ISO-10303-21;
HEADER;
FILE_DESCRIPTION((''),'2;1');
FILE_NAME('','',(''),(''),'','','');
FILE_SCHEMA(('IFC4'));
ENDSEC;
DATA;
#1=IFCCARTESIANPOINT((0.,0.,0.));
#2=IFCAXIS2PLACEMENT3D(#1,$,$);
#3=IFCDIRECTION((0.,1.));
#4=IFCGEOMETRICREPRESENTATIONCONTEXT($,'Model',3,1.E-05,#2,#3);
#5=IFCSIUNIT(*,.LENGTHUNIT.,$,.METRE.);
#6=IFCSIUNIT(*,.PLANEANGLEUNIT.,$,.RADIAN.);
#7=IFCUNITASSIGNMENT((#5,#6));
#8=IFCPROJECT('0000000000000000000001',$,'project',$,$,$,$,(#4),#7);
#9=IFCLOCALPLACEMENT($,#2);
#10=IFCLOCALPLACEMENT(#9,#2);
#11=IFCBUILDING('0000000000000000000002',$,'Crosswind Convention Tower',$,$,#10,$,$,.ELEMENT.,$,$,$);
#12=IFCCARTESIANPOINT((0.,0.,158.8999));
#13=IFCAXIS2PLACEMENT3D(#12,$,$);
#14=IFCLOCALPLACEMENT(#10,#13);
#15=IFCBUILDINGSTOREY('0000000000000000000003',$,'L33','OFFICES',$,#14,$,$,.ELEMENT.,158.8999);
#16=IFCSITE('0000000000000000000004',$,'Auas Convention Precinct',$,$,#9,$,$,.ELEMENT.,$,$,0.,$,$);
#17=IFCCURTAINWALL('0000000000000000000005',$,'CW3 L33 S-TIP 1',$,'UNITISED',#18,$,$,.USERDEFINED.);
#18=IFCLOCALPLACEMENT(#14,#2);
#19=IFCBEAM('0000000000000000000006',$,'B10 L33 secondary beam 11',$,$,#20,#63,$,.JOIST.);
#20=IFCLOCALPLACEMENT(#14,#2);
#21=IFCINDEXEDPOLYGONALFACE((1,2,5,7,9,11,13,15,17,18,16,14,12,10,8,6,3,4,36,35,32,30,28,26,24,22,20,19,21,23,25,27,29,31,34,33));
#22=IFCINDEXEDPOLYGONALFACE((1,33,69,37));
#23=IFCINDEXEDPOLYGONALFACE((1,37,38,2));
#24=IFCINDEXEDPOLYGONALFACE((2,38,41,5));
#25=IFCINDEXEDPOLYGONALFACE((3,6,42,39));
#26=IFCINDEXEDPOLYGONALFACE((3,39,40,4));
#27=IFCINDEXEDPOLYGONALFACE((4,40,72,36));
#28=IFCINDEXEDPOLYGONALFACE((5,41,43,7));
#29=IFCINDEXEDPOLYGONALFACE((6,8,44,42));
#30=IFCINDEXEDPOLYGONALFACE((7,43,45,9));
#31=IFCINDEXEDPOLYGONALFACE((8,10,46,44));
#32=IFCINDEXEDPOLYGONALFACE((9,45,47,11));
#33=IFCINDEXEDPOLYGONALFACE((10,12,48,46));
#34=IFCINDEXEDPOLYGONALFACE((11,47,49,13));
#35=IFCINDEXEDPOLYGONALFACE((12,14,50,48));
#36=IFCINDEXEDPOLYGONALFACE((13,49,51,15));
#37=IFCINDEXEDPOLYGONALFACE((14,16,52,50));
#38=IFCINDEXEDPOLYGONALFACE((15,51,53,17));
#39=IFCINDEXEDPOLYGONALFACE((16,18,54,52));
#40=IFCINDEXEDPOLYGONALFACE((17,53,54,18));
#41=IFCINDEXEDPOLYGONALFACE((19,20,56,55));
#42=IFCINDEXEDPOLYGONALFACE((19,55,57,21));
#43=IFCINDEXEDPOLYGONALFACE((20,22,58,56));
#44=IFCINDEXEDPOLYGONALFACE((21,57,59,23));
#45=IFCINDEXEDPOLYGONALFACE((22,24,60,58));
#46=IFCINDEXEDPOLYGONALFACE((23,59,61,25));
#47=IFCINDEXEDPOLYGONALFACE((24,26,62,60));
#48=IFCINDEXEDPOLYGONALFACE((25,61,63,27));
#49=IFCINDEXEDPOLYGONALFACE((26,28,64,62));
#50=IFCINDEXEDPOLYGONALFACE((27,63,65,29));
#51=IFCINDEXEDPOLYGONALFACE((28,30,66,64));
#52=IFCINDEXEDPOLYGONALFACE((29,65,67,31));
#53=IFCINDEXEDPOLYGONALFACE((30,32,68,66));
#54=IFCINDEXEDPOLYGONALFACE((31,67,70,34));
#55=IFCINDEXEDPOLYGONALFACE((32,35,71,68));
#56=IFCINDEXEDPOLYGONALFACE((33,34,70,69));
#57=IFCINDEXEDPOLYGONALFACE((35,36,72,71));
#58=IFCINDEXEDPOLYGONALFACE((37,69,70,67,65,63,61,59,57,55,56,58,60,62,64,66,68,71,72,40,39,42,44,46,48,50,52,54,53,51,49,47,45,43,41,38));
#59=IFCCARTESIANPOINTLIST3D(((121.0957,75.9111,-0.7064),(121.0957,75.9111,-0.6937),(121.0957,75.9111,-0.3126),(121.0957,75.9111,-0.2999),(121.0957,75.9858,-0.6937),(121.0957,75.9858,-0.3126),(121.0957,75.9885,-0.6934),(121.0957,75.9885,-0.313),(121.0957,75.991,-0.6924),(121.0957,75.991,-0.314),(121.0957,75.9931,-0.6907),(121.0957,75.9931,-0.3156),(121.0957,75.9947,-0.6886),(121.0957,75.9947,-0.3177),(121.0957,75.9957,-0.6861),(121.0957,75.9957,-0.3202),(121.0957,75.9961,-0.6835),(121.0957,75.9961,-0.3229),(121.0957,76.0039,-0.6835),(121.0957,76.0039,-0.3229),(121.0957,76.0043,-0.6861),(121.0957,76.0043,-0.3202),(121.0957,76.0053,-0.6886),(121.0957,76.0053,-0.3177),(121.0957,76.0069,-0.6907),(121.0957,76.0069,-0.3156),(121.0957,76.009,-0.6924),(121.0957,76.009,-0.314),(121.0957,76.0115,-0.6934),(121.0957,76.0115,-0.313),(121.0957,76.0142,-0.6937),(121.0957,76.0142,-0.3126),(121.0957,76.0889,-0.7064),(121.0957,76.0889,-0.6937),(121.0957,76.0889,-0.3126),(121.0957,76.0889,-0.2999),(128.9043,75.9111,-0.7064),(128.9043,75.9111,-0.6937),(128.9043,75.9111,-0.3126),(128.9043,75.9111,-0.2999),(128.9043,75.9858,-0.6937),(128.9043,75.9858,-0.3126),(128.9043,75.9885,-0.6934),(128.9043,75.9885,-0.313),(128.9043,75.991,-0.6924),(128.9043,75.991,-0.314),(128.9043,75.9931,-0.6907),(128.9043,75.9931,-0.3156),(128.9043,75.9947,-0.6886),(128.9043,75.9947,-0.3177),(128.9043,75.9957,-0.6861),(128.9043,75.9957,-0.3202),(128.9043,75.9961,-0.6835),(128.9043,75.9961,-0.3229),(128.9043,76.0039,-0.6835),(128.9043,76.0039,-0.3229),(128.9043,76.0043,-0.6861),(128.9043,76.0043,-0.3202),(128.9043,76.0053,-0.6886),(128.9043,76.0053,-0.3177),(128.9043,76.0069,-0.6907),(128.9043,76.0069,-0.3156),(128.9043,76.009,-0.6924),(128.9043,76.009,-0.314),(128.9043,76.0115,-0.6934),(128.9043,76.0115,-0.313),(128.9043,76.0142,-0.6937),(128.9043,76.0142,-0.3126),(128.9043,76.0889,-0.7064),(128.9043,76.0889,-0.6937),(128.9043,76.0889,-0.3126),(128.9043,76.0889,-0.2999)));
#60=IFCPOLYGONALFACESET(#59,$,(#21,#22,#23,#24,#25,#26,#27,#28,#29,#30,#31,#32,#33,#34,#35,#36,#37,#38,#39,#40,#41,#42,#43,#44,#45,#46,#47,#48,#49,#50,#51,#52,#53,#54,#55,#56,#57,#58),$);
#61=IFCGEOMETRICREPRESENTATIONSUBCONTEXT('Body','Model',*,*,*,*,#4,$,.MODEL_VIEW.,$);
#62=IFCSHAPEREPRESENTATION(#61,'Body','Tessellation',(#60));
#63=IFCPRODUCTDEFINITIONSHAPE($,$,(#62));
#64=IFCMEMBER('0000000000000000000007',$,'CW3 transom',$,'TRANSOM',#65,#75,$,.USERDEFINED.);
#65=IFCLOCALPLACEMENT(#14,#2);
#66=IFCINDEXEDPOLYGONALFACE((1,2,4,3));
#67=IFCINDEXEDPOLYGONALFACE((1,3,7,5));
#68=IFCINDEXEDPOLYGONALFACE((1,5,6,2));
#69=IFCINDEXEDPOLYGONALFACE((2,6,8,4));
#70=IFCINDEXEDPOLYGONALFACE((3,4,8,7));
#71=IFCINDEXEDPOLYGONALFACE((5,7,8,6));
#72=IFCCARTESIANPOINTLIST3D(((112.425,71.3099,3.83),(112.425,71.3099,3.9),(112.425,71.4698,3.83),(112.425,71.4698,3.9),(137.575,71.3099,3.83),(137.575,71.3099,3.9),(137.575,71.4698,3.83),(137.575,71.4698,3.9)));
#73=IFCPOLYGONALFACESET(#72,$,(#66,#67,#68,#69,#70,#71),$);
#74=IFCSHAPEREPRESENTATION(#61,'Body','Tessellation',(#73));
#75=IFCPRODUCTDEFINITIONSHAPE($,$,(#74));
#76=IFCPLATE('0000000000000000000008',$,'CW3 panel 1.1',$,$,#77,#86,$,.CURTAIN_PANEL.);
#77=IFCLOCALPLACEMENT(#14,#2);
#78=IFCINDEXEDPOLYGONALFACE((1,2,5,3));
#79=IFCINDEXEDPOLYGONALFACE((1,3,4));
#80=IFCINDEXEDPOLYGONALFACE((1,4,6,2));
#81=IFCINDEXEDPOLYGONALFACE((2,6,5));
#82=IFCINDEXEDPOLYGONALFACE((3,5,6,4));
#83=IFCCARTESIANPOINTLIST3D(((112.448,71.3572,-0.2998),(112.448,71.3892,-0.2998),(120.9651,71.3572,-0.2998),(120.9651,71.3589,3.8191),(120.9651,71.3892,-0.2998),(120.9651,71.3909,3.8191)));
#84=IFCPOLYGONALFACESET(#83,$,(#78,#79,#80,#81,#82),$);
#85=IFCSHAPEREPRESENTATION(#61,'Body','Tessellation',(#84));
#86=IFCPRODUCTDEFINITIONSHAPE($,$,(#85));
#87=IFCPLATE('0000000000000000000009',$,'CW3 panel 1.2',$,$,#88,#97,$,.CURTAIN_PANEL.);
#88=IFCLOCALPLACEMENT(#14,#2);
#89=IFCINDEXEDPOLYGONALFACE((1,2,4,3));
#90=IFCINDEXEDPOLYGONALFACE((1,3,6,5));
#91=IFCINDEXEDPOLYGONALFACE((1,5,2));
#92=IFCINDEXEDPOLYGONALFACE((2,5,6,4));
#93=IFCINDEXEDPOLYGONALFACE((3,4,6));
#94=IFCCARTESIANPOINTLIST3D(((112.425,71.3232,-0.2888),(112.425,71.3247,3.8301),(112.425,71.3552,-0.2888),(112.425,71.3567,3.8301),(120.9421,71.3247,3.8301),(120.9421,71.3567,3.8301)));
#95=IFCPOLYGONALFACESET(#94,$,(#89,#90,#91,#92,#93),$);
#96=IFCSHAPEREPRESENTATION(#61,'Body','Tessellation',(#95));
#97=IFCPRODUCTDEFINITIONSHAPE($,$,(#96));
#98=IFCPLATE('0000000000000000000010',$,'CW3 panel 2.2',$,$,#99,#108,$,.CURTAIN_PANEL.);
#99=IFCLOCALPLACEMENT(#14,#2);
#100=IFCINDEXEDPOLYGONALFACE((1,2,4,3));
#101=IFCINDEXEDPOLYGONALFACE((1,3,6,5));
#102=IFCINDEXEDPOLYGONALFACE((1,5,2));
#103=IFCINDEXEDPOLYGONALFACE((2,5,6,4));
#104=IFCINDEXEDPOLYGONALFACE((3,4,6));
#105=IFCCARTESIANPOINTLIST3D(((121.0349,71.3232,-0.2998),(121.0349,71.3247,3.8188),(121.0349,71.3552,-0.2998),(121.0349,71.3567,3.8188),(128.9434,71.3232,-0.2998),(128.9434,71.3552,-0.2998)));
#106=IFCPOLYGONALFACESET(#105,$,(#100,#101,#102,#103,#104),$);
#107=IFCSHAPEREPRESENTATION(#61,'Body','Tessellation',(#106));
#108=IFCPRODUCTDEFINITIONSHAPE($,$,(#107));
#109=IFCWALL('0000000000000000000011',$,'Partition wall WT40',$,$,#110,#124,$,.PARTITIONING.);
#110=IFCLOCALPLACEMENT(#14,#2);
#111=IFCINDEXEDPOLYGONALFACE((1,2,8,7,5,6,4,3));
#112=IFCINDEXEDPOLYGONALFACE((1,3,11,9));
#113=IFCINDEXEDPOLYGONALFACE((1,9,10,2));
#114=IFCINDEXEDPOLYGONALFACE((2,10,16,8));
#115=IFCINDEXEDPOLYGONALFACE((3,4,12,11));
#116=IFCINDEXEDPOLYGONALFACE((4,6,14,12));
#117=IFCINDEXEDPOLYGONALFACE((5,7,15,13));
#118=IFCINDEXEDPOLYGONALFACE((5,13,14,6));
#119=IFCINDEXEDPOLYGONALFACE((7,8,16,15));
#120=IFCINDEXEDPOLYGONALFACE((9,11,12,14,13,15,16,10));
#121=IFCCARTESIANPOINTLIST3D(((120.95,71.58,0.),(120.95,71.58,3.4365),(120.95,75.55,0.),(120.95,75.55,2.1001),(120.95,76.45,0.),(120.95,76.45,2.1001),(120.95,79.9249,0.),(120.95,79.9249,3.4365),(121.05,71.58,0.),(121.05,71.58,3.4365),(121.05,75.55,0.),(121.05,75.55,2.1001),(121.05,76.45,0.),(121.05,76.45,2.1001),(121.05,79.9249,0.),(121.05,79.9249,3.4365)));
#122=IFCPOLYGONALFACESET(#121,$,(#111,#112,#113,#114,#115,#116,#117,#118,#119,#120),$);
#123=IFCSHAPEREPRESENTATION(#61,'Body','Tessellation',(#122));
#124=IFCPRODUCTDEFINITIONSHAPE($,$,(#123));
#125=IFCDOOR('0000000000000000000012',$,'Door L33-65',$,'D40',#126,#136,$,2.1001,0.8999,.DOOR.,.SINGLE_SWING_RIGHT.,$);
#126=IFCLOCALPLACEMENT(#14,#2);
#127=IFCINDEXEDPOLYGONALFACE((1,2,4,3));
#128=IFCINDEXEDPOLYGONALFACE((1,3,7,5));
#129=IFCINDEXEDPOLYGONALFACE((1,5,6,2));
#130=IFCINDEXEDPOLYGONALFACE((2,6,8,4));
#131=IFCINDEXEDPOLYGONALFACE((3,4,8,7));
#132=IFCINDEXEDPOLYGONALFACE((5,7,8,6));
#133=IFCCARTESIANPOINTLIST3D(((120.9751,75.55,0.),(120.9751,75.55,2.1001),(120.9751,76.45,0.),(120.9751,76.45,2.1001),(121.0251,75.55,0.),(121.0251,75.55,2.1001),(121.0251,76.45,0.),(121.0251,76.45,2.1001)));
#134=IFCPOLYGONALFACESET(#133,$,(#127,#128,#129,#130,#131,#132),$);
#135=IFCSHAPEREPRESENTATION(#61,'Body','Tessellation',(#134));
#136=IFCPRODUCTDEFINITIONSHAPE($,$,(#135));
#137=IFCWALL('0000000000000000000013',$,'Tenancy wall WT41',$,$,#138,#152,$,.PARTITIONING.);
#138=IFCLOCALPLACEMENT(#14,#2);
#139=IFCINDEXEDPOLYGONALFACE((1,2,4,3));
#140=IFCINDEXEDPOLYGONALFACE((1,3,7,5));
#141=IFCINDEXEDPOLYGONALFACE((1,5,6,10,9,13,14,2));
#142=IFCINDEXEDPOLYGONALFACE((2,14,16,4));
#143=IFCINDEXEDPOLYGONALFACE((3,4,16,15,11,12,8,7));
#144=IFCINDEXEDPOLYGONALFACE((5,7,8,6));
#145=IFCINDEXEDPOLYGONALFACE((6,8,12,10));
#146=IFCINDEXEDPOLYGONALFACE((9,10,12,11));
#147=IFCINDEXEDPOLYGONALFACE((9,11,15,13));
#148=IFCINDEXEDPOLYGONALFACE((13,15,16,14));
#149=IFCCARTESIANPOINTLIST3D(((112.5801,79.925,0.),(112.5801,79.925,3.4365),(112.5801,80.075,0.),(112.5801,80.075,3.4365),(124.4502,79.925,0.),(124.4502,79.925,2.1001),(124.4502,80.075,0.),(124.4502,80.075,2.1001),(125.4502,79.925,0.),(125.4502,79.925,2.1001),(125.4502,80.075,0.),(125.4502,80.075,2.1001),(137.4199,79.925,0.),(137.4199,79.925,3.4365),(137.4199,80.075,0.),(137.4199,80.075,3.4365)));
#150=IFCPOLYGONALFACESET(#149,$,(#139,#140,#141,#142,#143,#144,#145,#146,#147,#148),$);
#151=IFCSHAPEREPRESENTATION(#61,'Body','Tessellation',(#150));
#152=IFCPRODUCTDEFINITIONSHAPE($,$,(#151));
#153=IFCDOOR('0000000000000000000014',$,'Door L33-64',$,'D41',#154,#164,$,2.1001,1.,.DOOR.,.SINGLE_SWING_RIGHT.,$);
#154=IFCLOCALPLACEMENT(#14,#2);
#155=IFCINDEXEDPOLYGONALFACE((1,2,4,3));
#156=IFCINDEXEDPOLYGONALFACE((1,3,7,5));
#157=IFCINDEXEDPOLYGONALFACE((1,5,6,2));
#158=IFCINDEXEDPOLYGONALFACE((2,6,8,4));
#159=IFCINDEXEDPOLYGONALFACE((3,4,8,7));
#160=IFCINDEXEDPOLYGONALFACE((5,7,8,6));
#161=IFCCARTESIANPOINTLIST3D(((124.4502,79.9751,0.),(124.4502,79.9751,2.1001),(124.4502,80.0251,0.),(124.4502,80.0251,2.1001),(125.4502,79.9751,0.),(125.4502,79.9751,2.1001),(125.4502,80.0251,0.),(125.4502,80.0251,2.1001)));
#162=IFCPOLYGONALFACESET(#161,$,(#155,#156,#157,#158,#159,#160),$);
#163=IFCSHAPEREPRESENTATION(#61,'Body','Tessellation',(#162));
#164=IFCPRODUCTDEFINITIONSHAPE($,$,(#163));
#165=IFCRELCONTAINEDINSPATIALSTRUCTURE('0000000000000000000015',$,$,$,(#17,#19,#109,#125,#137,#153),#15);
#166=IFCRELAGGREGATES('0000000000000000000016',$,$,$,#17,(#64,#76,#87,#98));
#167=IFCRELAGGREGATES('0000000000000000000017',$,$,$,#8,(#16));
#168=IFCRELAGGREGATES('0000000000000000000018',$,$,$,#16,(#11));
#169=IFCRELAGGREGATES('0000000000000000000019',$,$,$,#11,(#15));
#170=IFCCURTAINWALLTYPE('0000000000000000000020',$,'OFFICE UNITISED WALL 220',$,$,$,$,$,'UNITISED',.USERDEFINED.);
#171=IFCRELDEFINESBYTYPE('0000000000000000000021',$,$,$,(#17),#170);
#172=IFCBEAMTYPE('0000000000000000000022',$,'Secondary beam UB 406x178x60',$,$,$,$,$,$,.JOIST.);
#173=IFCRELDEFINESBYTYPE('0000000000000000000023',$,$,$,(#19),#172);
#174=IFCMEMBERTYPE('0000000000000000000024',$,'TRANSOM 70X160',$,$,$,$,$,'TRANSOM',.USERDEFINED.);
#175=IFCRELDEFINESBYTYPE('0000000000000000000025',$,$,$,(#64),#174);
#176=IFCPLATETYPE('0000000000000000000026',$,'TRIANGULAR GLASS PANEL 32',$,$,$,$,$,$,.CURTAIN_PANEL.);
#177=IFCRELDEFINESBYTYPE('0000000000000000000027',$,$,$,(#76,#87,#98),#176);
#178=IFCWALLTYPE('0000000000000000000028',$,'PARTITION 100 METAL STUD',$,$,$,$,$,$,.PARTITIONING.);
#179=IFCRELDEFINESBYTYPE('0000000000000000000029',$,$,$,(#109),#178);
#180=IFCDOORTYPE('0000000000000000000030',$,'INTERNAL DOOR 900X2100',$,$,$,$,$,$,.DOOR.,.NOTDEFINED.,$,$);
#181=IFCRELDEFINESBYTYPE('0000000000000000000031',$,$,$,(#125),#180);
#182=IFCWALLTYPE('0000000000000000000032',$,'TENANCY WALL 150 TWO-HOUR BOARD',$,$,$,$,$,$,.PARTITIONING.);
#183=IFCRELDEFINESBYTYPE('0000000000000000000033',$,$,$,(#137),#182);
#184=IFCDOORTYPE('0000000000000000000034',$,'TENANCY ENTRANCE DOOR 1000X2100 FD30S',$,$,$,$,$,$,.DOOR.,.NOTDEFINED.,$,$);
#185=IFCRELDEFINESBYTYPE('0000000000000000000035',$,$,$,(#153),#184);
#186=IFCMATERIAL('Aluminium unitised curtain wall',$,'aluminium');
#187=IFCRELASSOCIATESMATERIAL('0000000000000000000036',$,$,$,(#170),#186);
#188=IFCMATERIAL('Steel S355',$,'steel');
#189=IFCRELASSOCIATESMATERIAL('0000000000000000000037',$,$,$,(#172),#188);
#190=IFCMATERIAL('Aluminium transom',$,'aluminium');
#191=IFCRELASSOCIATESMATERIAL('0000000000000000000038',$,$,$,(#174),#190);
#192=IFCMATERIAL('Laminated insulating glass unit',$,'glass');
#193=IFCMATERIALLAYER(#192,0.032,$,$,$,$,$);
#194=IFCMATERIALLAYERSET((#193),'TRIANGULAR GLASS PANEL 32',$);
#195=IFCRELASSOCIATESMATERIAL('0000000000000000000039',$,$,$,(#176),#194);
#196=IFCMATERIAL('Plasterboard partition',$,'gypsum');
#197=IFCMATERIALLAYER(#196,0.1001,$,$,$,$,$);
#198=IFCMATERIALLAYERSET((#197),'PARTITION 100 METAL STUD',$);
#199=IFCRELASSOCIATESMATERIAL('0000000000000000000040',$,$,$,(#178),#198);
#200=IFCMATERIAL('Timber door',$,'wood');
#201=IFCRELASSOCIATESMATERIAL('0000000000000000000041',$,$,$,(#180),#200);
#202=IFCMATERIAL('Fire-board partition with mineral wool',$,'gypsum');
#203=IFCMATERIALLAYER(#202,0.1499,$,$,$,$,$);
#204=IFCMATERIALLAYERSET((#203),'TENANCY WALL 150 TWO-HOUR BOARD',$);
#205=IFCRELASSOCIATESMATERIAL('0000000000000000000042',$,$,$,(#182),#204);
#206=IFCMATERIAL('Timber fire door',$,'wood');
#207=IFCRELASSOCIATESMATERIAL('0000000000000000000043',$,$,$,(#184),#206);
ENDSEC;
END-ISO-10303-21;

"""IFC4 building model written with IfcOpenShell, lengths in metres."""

from ifc_helpers import new_model, si_unit, direction, frame, frame_2d, origin, origin_2d, place, context, subcontext, project, spatial, polyline, rectangle, i_section, outline, extrude, material, layer, layer_set, material_profile, profile_set, type_object, element, fill, aggregate, save


model = new_model("IFC4")

# Units and contexts
model_context = context("Model", 3, precision=1e-05, world=origin(), true_north=direction((0.0, 1.0)))
body_context = subcontext(model_context, "Body", "Model", "MODEL_VIEW")
ifc_project = project(units=[si_unit("LENGTHUNIT", "METRE"), si_unit("PLANEANGLEUNIT", "RADIAN")], contexts=[model_context])

# Site, building, storey
site_placement = place(None, origin())
site = spatial("IfcSite", under=ifc_project, at=site_placement, Name="Auas Convention Precinct", CompositionType="ELEMENT", RefElevation=0.0)
building_placement = place(site_placement, origin())
building = spatial("IfcBuilding", under=site, at=building_placement, Name="Crosswind Convention Tower", CompositionType="ELEMENT")
storey_placement = place(building_placement, frame((0.0, 0.0, 158.8999)))
storey = spatial("IfcBuildingStorey", under=building, at=storey_placement, Name="L33", Description="OFFICES", CompositionType="ELEMENT", Elevation=158.8999)

# Shared definitions
ifc_material_1 = material(Name="Steel S355", Category="steel")

# Curtain wall
ifc_material_2 = material(Name="Aluminium unitised curtain wall", Category="aluminium")
curtain_wall_type_1 = type_object("IfcCurtainWallType", Name="OFFICE UNITISED WALL 220", ElementType="UNITISED", PredefinedType="USERDEFINED", material=ifc_material_2)
curtain_wall_1_placement = place(storey_placement, origin())
curtain_wall_1 = element("IfcCurtainWall", 1, at=curtain_wall_1_placement, inside=storey, type_object=curtain_wall_type_1, Name="CW3 L33 S-TIP 1", ObjectType="UNITISED", PredefinedType="USERDEFINED")

# Beam
ifc_material_profile_1 = material_profile(ifc_material_1, i_section(OverallWidth=0.1777, OverallDepth=0.4065, WebThickness=0.0078, FlangeThickness=0.0127, FilletRadius=0.0103, at=origin_2d()), Name="UB 406x178x60")
ifc_profile_set_1 = profile_set([ifc_material_profile_1], Name="Steel S355")
beam_type_1 = type_object("IfcBeamType", Name="Secondary beam UB 406x178x60", PredefinedType="JOIST", material=ifc_profile_set_1)
beam_1_placement = place(storey_placement, frame((121.0957, 76.0, -0.5032), z_axis=(1.0, 0.0, 0.0), x_axis=(0.0, 1.0, 0.0)))
element("IfcBeam", 2, at=beam_1_placement, inside=storey, type_object=beam_type_1, Name="B10 L33 secondary beam 11", PredefinedType="JOIST", context=body_context, shape_type="SweptSolid", body=[
    extrude(i_section(OverallWidth=0.1777, OverallDepth=0.4065, WebThickness=0.0078, FlangeThickness=0.0127, FilletRadius=0.0103, at=origin_2d()), origin(), (0.0, 0.0, 1.0), 7.8086),
])

# Member
ifc_material_3 = material(Name="Aluminium transom", Category="aluminium")
ifc_material_profile_2 = material_profile(ifc_material_3, rectangle(XDim=0.1599, YDim=0.0701, at=origin_2d()), Name="AL 160X70")
ifc_profile_set_2 = profile_set([ifc_material_profile_2], Name="Aluminium transom")
member_type_1 = type_object("IfcMemberType", Name="TRANSOM 70X160", ElementType="TRANSOM", PredefinedType="USERDEFINED", material=ifc_profile_set_2)
member_1_placement = place(storey_placement, frame((112.425, 71.3899, 3.865), z_axis=(1.0, 0.0, 0.0), x_axis=(0.0, 1.0, 0.0)))
member_1 = element("IfcMember", 3, at=member_1_placement, type_object=member_type_1, Name="CW3 transom", ObjectType="TRANSOM", PredefinedType="USERDEFINED", context=body_context, shape_type="SweptSolid", body=[
    extrude(rectangle(XDim=0.1599, YDim=0.0701, at=origin_2d()), origin(), (0.0, 0.0, 1.0), 25.1499),
])

# Plates
ifc_material_4 = material(Name="Laminated insulating glass unit", Category="glass")
ifc_layer_1 = layer(ifc_material_4, 0.032)
ifc_layer_set_1 = layer_set([ifc_layer_1], Name="TRIANGULAR GLASS PANEL 32")
plate_type = type_object("IfcPlateType", Name="TRIANGULAR GLASS PANEL 32", PredefinedType="CURTAIN_PANEL", material=ifc_layer_set_1)
plate_1_placement = place(storey_placement, frame((120.9651, 71.3572, -0.2998), z_axis=(0.0, -1.0, 0.000415), x_axis=(0.0, 0.000415, 1.0)))
plate_1 = element("IfcPlate", 4, at=plate_1_placement, type_object=plate_type, Name="CW3 panel 1.1", PredefinedType="CURTAIN_PANEL", context=body_context, shape_type="SweptSolid", body=[
    extrude(outline(polyline([(0.0, 0.0), (4.1189, 0.0), (0.0, 8.5171), (0.0, 0.0)])), origin(), (0.0, 0.0, -1.0), 0.032),
])
plate_2_placement = place(storey_placement, frame((112.425, 71.3247, 3.8301), z_axis=(0.0, -1.0, 0.000356), x_axis=(0.0, -0.000356, -1.0)))
plate_2 = element("IfcPlate", 5, at=plate_2_placement, type_object=plate_type, Name="CW3 panel 1.2", PredefinedType="CURTAIN_PANEL", context=body_context, shape_type="SweptSolid", body=[
    extrude(outline(polyline([(0.0, 0.0), (4.1189, 0.0), (0.0, 8.5171), (0.0, 0.0)])), origin(), (0.0, 0.0, -1.0), 0.032),
])
plate_3_placement = place(storey_placement, frame((121.0349, 71.3232, -0.2998), z_axis=(0.0, -1.0, 0.000356), x_axis=(1.0, 0.0, 0.0)))
plate_3 = element("IfcPlate", 6, at=plate_3_placement, type_object=plate_type, Name="CW3 panel 2.2", PredefinedType="CURTAIN_PANEL", context=body_context, shape_type="SweptSolid", body=[
    extrude(outline(polyline([(0.0, 0.0), (7.9084, 0.0), (0.0, 4.1187), (0.0, 0.0)])), origin(), (0.0, 0.0, -1.0), 0.032),
])

# Walls, openings, doors
ifc_material_5 = material(Name="Plasterboard partition", Category="gypsum")
ifc_layer_2 = layer(ifc_material_5, 0.1001)
ifc_layer_set_2 = layer_set([ifc_layer_2], Name="PARTITION 100 METAL STUD")
wall_type_1 = type_object("IfcWallType", Name="PARTITION 100 METAL STUD", PredefinedType="PARTITIONING", material=ifc_layer_set_2)
wall_1_placement = place(storey_placement, frame((121.0, 71.5801, 0.0), z_axis=(0.0, 0.0, 1.0), x_axis=(0.0, 1.0, 0.0)))
wall_1 = element("IfcWall", 7, at=wall_1_placement, inside=storey, type_object=wall_type_1, Name="Partition wall WT40", PredefinedType="PARTITIONING", context=body_context, shape_type="SweptSolid", body=[
    extrude(rectangle(XDim=8.345, YDim=0.1001, at=frame_2d((4.1724, 0.0))), origin(), (0.0, 0.0, 1.0), 3.4365),
])
opening_1_placement = place(wall_1_placement, frame((3.97, 0.0, 0.0)))
opening_1 = element("IfcOpeningElement", 8, at=opening_1_placement, cuts=wall_1, PredefinedType="OPENING", context=body_context, shape_type="SweptSolid", body=[
    extrude(rectangle(XDim=0.8999, YDim=2.1001, at=frame_2d((0.45, 1.05))), frame((0.0, 0.0601, 0.0), z_axis=(0.0, -1.0, 0.0), x_axis=(1.0, 0.0, 0.0)), (0.0, 0.0, 1.0), 0.1201),
])
ifc_material_6 = material(Name="Timber door", Category="wood")
door_type_1 = type_object("IfcDoorType", Name="INTERNAL DOOR 900X2100", OperationType="NOTDEFINED", PredefinedType="DOOR", material=ifc_material_6)
door_1_placement = place(opening_1_placement, origin())
door_1 = element("IfcDoor", 9, at=door_1_placement, inside=storey, type_object=door_type_1, Name="Door L33-65", ObjectType="D40", OperationType="SINGLE_SWING_RIGHT", OverallHeight=2.1001, OverallWidth=0.8999, PredefinedType="DOOR", context=body_context, shape_type="SweptSolid", body=[
    extrude(rectangle(XDim=0.8999, YDim=2.1001, at=frame_2d((0.45, 1.05))), frame((0.0, 0.0249, 0.0), z_axis=(0.0, -1.0, 0.0), x_axis=(1.0, 0.0, 0.0)), (0.0, 0.0, 1.0), 0.05),
])
fill(opening_1, door_1)
ifc_material_7 = material(Name="Fire-board partition with mineral wool", Category="gypsum")
ifc_layer_3 = layer(ifc_material_7, 0.1499)
ifc_layer_set_3 = layer_set([ifc_layer_3], Name="TENANCY WALL 150 TWO-HOUR BOARD")
wall_type_2 = type_object("IfcWallType", Name="TENANCY WALL 150 TWO-HOUR BOARD", PredefinedType="PARTITIONING", material=ifc_layer_set_3)
wall_2_placement = place(storey_placement, frame((112.5801, 80.0, 0.0), z_axis=(0.0, 0.0, 1.0), x_axis=(1.0, 0.0, 0.0)))
wall_2 = element("IfcWall", 10, at=wall_2_placement, inside=storey, type_object=wall_type_2, Name="Tenancy wall WT41", PredefinedType="PARTITIONING", context=body_context, shape_type="SweptSolid", body=[
    extrude(rectangle(XDim=24.8398, YDim=0.1499, at=frame_2d((12.4199, 0.0))), origin(), (0.0, 0.0, 1.0), 3.4365),
])
opening_2_placement = place(wall_2_placement, frame((11.8701, 0.0, 0.0)))
opening_2 = element("IfcOpeningElement", 11, at=opening_2_placement, cuts=wall_2, PredefinedType="OPENING", context=body_context, shape_type="SweptSolid", body=[
    extrude(rectangle(XDim=1.0, YDim=2.1001, at=frame_2d((0.5, 1.05))), frame((0.0, 0.085, 0.0), z_axis=(0.0, -1.0, 0.0), x_axis=(1.0, 0.0, 0.0)), (0.0, 0.0, 1.0), 0.1699),
])
ifc_material_8 = material(Name="Timber fire door", Category="wood")
door_type_2 = type_object("IfcDoorType", Name="TENANCY ENTRANCE DOOR 1000X2100 FD30S", OperationType="NOTDEFINED", PredefinedType="DOOR", material=ifc_material_8)
door_2_placement = place(opening_2_placement, frame((1.0, 0.0, 0.0), z_axis=(0.0, 0.0, 1.0), x_axis=(-1.0, 0.0, 0.0)))
door_2 = element("IfcDoor", 12, at=door_2_placement, inside=storey, type_object=door_type_2, Name="Door L33-64", ObjectType="D41", OperationType="SINGLE_SWING_RIGHT", OverallHeight=2.1001, OverallWidth=1.0, PredefinedType="DOOR", context=body_context, shape_type="SweptSolid", body=[
    extrude(rectangle(XDim=1.0, YDim=2.1001, at=frame_2d((0.5, 1.05))), frame((0.0, 0.0249, 0.0), z_axis=(0.0, -1.0, 0.0), x_axis=(1.0, 0.0, 0.0)), (0.0, 0.0, 1.0), 0.05),
])
fill(opening_2, door_2)

aggregate(curtain_wall_1, [member_1, plate_1, plate_2, plate_3])

save(model, "model.ifc")
